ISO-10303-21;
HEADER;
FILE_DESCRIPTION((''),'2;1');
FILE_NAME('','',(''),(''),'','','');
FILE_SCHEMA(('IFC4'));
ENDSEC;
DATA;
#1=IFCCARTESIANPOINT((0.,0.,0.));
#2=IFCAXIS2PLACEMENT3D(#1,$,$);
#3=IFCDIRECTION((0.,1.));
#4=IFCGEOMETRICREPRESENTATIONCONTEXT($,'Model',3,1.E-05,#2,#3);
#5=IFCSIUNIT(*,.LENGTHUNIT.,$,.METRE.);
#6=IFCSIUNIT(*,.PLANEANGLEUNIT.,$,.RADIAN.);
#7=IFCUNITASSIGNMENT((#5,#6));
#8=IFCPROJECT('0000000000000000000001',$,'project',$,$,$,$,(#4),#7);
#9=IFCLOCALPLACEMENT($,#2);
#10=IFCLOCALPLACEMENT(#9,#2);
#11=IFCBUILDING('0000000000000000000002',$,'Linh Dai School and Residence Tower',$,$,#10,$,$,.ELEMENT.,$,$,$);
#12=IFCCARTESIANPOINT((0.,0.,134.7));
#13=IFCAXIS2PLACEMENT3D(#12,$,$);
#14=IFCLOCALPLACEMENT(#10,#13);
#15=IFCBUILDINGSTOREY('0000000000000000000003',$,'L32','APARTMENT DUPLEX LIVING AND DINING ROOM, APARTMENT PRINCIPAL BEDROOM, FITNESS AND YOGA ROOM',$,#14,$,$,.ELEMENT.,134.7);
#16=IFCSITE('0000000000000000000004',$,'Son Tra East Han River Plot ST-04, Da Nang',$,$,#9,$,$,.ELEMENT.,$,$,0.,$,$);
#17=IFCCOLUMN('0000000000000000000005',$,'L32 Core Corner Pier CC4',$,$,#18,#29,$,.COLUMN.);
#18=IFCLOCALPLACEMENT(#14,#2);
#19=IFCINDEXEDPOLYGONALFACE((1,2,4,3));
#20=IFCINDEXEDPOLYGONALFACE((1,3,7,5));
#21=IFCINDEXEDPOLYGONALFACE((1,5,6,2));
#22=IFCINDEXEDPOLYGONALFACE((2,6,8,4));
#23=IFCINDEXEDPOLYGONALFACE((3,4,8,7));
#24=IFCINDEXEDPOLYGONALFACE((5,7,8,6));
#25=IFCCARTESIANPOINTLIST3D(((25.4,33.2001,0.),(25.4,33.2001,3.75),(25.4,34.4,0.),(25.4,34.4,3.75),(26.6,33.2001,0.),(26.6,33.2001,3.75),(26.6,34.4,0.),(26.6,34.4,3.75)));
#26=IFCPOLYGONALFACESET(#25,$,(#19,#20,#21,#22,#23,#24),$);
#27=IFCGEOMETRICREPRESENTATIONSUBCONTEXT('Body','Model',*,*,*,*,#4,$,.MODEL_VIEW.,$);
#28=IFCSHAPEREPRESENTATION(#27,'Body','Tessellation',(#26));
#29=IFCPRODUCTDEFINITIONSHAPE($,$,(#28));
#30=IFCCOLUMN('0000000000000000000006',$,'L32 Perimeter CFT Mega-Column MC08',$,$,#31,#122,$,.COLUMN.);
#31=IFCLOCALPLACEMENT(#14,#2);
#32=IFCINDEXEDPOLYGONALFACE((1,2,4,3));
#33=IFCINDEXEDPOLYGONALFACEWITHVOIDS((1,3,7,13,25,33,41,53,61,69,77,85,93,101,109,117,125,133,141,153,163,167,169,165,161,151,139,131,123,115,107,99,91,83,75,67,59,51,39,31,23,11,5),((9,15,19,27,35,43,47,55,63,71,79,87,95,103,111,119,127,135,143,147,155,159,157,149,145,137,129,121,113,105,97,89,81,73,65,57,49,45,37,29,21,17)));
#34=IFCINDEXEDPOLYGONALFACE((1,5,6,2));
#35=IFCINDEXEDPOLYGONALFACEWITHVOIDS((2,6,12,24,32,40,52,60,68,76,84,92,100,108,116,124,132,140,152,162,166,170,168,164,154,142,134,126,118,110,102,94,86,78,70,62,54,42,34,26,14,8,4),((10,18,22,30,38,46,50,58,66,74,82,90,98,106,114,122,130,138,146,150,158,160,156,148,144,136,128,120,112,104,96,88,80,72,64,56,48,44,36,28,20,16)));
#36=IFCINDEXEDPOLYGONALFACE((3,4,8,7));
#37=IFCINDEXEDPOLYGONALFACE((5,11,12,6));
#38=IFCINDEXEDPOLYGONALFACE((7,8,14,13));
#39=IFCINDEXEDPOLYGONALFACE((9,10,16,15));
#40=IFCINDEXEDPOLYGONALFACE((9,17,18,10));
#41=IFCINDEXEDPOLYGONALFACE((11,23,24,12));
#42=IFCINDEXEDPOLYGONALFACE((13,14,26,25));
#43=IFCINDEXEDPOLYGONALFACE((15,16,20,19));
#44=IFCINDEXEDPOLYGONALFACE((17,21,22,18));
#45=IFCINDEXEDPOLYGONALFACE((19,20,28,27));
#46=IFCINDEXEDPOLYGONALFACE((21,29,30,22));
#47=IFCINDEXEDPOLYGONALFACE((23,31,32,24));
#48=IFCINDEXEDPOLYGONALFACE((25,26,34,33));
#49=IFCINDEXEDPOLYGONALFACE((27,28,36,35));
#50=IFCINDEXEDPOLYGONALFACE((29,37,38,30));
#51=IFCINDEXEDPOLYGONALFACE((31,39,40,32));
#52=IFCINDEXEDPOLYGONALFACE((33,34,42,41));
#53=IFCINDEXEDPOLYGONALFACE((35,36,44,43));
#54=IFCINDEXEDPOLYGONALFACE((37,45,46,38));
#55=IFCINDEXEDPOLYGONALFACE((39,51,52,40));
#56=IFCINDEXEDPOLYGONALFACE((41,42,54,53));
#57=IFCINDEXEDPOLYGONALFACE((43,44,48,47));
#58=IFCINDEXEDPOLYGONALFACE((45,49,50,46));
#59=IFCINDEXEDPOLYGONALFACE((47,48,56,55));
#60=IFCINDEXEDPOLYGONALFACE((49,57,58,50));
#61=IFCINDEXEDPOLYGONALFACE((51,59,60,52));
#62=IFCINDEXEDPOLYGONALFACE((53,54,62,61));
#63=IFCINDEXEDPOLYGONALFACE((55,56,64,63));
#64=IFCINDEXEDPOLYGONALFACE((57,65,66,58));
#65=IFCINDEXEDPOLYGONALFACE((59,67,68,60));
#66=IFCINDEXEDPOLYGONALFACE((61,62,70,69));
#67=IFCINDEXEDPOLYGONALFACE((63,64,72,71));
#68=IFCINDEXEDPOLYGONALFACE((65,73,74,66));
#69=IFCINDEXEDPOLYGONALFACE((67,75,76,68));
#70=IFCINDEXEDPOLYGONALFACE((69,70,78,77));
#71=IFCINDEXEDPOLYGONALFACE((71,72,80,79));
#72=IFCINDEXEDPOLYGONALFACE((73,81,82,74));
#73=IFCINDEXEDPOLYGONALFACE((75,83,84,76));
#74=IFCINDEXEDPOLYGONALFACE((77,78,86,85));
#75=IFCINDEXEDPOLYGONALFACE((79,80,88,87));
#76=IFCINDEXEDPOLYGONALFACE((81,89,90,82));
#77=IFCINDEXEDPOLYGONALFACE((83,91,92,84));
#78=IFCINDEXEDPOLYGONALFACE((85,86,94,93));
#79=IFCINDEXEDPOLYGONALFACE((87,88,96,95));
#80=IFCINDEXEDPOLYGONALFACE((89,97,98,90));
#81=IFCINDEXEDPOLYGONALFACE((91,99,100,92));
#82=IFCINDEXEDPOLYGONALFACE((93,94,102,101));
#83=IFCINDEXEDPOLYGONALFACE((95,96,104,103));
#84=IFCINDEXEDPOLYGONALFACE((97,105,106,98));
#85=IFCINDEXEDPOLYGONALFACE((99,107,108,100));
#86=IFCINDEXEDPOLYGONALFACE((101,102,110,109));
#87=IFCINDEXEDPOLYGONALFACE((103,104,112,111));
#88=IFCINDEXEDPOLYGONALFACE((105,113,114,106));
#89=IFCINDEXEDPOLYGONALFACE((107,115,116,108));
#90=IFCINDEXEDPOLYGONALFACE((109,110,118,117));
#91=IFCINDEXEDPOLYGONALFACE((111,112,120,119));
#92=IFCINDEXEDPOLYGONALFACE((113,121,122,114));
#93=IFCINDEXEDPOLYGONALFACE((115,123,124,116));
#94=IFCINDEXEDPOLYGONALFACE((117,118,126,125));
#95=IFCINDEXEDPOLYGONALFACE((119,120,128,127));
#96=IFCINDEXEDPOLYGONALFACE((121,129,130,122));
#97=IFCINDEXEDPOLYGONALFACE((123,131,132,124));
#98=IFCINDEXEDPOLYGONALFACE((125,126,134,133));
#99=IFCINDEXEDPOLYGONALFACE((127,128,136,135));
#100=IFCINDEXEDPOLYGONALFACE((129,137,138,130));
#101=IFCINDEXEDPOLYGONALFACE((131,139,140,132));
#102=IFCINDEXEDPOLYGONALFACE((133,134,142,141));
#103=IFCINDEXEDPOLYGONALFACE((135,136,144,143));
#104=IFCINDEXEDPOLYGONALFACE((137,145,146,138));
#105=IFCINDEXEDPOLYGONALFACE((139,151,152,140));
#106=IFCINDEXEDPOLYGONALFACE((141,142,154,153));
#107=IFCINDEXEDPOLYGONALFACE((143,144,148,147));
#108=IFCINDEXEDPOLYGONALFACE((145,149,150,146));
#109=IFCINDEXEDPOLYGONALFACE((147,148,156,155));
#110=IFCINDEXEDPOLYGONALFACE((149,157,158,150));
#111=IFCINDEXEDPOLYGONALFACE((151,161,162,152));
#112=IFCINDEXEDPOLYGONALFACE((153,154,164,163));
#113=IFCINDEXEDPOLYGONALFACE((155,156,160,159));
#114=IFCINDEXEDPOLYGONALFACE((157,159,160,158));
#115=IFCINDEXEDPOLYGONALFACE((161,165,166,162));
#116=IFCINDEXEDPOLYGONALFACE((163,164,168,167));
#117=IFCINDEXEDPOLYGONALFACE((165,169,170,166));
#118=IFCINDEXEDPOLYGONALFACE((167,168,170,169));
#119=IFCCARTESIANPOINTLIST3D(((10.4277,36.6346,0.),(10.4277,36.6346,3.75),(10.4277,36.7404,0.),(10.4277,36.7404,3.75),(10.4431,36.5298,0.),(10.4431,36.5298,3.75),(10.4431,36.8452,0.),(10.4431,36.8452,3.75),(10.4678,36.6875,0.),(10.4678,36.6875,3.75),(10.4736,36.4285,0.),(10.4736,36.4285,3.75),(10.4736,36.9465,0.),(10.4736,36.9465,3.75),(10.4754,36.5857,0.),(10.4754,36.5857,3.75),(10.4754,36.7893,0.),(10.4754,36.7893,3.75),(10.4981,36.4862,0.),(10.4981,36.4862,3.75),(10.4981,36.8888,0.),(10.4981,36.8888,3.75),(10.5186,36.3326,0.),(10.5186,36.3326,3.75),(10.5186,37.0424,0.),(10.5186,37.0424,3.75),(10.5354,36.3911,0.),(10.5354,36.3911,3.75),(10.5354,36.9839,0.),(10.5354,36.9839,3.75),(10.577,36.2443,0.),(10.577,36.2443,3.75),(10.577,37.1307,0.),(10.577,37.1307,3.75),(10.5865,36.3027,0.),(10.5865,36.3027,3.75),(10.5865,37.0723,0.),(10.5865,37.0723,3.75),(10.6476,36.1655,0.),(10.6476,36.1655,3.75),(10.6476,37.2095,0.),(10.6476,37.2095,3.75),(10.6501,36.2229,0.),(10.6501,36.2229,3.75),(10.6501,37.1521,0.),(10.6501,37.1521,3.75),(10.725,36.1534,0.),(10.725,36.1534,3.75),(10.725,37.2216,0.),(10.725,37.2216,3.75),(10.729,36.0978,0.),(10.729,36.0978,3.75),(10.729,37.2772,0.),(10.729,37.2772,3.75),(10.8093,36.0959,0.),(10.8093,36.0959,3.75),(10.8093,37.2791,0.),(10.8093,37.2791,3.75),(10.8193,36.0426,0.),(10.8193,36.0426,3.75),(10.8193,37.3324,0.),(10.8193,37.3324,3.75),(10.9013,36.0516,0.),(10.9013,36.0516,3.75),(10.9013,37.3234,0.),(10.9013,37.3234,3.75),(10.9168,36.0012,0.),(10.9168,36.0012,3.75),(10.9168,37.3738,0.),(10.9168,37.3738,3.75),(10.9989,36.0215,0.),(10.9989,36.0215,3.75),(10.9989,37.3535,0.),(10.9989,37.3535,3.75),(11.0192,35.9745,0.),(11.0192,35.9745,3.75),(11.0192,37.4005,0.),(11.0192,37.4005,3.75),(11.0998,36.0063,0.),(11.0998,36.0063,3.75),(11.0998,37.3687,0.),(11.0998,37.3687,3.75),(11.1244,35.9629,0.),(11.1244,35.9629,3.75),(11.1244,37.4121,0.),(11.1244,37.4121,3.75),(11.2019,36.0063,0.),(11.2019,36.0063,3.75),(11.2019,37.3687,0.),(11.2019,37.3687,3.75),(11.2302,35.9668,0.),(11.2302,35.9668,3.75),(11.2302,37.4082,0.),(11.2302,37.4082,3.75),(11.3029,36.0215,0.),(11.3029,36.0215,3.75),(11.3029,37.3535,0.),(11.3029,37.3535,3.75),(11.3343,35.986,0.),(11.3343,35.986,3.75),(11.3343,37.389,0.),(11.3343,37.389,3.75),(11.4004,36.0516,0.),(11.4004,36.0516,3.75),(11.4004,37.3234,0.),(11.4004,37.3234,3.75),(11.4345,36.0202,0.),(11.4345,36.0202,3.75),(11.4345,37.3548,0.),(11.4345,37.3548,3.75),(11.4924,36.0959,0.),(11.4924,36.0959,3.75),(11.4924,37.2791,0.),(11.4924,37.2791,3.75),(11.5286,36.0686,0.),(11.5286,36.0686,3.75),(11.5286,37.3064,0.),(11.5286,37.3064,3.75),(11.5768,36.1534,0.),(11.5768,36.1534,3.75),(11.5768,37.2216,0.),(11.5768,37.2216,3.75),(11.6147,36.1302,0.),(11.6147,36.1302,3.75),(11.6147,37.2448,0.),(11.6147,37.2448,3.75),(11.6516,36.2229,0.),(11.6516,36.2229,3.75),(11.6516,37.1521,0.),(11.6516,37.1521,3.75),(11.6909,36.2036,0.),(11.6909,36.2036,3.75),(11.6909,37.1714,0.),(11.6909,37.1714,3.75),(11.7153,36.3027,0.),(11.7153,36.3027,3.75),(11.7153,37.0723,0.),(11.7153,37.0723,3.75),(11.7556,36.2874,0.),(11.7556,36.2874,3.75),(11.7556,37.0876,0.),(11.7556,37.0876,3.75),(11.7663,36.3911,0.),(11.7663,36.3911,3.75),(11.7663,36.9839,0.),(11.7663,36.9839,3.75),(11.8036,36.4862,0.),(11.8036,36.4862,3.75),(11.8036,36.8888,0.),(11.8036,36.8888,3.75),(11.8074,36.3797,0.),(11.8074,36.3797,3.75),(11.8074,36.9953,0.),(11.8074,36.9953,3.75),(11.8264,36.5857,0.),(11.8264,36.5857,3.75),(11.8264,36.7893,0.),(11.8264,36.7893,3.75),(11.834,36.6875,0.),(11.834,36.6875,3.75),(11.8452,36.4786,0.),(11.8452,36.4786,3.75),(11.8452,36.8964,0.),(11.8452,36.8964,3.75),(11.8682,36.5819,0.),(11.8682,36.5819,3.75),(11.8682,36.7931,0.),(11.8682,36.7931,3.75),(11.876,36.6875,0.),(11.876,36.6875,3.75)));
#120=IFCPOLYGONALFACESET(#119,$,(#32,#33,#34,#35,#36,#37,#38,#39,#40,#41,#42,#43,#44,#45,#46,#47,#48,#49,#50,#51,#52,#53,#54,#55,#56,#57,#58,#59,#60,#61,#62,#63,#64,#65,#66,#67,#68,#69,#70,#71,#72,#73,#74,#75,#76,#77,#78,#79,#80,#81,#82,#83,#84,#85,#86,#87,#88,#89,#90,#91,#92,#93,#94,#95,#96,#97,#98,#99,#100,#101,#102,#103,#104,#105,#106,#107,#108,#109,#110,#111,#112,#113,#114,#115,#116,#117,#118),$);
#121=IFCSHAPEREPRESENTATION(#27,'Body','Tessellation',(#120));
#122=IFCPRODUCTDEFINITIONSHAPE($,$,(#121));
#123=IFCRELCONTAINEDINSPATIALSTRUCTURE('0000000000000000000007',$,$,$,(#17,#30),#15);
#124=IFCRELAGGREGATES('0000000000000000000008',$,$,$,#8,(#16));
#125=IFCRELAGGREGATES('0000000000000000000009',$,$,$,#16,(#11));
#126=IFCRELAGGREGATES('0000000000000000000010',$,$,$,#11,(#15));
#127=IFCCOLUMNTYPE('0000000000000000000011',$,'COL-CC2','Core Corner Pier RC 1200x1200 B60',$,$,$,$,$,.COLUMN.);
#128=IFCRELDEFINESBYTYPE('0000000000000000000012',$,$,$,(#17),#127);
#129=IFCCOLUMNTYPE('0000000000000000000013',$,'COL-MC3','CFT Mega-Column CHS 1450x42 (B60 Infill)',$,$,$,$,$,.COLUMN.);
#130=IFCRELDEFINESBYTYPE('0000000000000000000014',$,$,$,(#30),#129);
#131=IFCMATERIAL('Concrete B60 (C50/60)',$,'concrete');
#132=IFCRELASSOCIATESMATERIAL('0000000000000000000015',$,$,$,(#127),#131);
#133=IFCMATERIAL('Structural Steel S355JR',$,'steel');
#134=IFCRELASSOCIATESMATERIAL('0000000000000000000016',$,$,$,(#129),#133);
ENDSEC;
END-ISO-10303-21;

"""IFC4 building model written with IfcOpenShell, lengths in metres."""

from ifc_helpers import new_model, si_unit, direction, frame, origin, origin_2d, place, context, subcontext, project, spatial, rectangle, hollow_circle, extrude, material, material_profile, profile_set, type_object, element, save


model = new_model("IFC4")

# Units and contexts
model_context = context("Model", 3, precision=1e-05, world=origin(), true_north=direction((0.0, 1.0)))
body_context = subcontext(model_context, "Body", "Model", "MODEL_VIEW")
ifc_project = project(units=[si_unit("LENGTHUNIT", "METRE"), si_unit("PLANEANGLEUNIT", "RADIAN")], contexts=[model_context])

# Site, building, storey
site_placement = place(None, origin())
site = spatial("IfcSite", under=ifc_project, at=site_placement, Name="Son Tra East Han River Plot ST-04, Da Nang", CompositionType="ELEMENT", RefElevation=0.0)
building_placement = place(site_placement, origin())
building = spatial("IfcBuilding", under=site, at=building_placement, Name="Linh Dai School and Residence Tower", CompositionType="ELEMENT")
storey_placement = place(building_placement, frame((0.0, 0.0, 134.7)))
storey = spatial("IfcBuildingStorey", under=building, at=storey_placement, Name="L32", Description="APARTMENT DUPLEX LIVING AND DINING ROOM, APARTMENT PRINCIPAL BEDROOM, FITNESS AND YOGA ROOM", CompositionType="ELEMENT", Elevation=134.7)

# Columns
ifc_material_1 = material(Name="Concrete B60 (C50/60)", Category="concrete")
ifc_material_profile_1 = material_profile(ifc_material_1, rectangle(XDim=1.2, YDim=1.2, at=origin_2d()), Name="RC 1200x1200")
ifc_profile_set_1 = profile_set([ifc_material_profile_1], Name="Concrete B60 (C50/60)")
column_type_1 = type_object("IfcColumnType", Name="COL-CC2", Description="Core Corner Pier RC 1200x1200 B60", PredefinedType="COLUMN", material=ifc_profile_set_1)
column_placement = place(storey_placement, frame((26.0, 33.8, 0.0), z_axis=(0.0, 0.0, 1.0), x_axis=(1.0, 0.0, 0.0)))
element("IfcColumn", 1, at=column_placement, inside=storey, type_object=column_type_1, Name="L32 Core Corner Pier CC4", PredefinedType="COLUMN", context=body_context, shape_type="SweptSolid", body=[
    extrude(rectangle(XDim=1.2, YDim=1.2, at=origin_2d()), origin(), (0.0, 0.0, 1.0), 3.75),
])
ifc_material_2 = material(Name="Structural Steel S355JR", Category="steel")
ifc_material_profile_2 = material_profile(ifc_material_2, hollow_circle(Radius=0.7251, WallThickness=0.042, at=origin_2d()), Name="CHS 1450x42")
ifc_profile_set_2 = profile_set([ifc_material_profile_2], Name="Structural Steel S355JR")
column_type_2 = type_object("IfcColumnType", Name="COL-MC3", Description="CFT Mega-Column CHS 1450x42 (B60 Infill)", PredefinedType="COLUMN", material=ifc_profile_set_2)
for number, where, z_axis, x_axis, name in (
    (2, (11.1509, 36.6875, 0.0), (0.0, 0.0, 1.0), (1.0, 0.0, 0.0), "L32 Perimeter CFT Mega-Column MC08"),
):
    element("IfcColumn", number, at=place(storey_placement, frame(where, z_axis=z_axis, x_axis=x_axis)), inside=storey, type_object=column_type_2, Name=name, PredefinedType="COLUMN", context=body_context, shape_type="SweptSolid", body=[
        extrude(hollow_circle(Radius=0.7251, WallThickness=0.042, at=origin_2d()), origin(), (0.0, 0.0, 1.0), 3.75),
    ])

save(model, "model.ifc")
